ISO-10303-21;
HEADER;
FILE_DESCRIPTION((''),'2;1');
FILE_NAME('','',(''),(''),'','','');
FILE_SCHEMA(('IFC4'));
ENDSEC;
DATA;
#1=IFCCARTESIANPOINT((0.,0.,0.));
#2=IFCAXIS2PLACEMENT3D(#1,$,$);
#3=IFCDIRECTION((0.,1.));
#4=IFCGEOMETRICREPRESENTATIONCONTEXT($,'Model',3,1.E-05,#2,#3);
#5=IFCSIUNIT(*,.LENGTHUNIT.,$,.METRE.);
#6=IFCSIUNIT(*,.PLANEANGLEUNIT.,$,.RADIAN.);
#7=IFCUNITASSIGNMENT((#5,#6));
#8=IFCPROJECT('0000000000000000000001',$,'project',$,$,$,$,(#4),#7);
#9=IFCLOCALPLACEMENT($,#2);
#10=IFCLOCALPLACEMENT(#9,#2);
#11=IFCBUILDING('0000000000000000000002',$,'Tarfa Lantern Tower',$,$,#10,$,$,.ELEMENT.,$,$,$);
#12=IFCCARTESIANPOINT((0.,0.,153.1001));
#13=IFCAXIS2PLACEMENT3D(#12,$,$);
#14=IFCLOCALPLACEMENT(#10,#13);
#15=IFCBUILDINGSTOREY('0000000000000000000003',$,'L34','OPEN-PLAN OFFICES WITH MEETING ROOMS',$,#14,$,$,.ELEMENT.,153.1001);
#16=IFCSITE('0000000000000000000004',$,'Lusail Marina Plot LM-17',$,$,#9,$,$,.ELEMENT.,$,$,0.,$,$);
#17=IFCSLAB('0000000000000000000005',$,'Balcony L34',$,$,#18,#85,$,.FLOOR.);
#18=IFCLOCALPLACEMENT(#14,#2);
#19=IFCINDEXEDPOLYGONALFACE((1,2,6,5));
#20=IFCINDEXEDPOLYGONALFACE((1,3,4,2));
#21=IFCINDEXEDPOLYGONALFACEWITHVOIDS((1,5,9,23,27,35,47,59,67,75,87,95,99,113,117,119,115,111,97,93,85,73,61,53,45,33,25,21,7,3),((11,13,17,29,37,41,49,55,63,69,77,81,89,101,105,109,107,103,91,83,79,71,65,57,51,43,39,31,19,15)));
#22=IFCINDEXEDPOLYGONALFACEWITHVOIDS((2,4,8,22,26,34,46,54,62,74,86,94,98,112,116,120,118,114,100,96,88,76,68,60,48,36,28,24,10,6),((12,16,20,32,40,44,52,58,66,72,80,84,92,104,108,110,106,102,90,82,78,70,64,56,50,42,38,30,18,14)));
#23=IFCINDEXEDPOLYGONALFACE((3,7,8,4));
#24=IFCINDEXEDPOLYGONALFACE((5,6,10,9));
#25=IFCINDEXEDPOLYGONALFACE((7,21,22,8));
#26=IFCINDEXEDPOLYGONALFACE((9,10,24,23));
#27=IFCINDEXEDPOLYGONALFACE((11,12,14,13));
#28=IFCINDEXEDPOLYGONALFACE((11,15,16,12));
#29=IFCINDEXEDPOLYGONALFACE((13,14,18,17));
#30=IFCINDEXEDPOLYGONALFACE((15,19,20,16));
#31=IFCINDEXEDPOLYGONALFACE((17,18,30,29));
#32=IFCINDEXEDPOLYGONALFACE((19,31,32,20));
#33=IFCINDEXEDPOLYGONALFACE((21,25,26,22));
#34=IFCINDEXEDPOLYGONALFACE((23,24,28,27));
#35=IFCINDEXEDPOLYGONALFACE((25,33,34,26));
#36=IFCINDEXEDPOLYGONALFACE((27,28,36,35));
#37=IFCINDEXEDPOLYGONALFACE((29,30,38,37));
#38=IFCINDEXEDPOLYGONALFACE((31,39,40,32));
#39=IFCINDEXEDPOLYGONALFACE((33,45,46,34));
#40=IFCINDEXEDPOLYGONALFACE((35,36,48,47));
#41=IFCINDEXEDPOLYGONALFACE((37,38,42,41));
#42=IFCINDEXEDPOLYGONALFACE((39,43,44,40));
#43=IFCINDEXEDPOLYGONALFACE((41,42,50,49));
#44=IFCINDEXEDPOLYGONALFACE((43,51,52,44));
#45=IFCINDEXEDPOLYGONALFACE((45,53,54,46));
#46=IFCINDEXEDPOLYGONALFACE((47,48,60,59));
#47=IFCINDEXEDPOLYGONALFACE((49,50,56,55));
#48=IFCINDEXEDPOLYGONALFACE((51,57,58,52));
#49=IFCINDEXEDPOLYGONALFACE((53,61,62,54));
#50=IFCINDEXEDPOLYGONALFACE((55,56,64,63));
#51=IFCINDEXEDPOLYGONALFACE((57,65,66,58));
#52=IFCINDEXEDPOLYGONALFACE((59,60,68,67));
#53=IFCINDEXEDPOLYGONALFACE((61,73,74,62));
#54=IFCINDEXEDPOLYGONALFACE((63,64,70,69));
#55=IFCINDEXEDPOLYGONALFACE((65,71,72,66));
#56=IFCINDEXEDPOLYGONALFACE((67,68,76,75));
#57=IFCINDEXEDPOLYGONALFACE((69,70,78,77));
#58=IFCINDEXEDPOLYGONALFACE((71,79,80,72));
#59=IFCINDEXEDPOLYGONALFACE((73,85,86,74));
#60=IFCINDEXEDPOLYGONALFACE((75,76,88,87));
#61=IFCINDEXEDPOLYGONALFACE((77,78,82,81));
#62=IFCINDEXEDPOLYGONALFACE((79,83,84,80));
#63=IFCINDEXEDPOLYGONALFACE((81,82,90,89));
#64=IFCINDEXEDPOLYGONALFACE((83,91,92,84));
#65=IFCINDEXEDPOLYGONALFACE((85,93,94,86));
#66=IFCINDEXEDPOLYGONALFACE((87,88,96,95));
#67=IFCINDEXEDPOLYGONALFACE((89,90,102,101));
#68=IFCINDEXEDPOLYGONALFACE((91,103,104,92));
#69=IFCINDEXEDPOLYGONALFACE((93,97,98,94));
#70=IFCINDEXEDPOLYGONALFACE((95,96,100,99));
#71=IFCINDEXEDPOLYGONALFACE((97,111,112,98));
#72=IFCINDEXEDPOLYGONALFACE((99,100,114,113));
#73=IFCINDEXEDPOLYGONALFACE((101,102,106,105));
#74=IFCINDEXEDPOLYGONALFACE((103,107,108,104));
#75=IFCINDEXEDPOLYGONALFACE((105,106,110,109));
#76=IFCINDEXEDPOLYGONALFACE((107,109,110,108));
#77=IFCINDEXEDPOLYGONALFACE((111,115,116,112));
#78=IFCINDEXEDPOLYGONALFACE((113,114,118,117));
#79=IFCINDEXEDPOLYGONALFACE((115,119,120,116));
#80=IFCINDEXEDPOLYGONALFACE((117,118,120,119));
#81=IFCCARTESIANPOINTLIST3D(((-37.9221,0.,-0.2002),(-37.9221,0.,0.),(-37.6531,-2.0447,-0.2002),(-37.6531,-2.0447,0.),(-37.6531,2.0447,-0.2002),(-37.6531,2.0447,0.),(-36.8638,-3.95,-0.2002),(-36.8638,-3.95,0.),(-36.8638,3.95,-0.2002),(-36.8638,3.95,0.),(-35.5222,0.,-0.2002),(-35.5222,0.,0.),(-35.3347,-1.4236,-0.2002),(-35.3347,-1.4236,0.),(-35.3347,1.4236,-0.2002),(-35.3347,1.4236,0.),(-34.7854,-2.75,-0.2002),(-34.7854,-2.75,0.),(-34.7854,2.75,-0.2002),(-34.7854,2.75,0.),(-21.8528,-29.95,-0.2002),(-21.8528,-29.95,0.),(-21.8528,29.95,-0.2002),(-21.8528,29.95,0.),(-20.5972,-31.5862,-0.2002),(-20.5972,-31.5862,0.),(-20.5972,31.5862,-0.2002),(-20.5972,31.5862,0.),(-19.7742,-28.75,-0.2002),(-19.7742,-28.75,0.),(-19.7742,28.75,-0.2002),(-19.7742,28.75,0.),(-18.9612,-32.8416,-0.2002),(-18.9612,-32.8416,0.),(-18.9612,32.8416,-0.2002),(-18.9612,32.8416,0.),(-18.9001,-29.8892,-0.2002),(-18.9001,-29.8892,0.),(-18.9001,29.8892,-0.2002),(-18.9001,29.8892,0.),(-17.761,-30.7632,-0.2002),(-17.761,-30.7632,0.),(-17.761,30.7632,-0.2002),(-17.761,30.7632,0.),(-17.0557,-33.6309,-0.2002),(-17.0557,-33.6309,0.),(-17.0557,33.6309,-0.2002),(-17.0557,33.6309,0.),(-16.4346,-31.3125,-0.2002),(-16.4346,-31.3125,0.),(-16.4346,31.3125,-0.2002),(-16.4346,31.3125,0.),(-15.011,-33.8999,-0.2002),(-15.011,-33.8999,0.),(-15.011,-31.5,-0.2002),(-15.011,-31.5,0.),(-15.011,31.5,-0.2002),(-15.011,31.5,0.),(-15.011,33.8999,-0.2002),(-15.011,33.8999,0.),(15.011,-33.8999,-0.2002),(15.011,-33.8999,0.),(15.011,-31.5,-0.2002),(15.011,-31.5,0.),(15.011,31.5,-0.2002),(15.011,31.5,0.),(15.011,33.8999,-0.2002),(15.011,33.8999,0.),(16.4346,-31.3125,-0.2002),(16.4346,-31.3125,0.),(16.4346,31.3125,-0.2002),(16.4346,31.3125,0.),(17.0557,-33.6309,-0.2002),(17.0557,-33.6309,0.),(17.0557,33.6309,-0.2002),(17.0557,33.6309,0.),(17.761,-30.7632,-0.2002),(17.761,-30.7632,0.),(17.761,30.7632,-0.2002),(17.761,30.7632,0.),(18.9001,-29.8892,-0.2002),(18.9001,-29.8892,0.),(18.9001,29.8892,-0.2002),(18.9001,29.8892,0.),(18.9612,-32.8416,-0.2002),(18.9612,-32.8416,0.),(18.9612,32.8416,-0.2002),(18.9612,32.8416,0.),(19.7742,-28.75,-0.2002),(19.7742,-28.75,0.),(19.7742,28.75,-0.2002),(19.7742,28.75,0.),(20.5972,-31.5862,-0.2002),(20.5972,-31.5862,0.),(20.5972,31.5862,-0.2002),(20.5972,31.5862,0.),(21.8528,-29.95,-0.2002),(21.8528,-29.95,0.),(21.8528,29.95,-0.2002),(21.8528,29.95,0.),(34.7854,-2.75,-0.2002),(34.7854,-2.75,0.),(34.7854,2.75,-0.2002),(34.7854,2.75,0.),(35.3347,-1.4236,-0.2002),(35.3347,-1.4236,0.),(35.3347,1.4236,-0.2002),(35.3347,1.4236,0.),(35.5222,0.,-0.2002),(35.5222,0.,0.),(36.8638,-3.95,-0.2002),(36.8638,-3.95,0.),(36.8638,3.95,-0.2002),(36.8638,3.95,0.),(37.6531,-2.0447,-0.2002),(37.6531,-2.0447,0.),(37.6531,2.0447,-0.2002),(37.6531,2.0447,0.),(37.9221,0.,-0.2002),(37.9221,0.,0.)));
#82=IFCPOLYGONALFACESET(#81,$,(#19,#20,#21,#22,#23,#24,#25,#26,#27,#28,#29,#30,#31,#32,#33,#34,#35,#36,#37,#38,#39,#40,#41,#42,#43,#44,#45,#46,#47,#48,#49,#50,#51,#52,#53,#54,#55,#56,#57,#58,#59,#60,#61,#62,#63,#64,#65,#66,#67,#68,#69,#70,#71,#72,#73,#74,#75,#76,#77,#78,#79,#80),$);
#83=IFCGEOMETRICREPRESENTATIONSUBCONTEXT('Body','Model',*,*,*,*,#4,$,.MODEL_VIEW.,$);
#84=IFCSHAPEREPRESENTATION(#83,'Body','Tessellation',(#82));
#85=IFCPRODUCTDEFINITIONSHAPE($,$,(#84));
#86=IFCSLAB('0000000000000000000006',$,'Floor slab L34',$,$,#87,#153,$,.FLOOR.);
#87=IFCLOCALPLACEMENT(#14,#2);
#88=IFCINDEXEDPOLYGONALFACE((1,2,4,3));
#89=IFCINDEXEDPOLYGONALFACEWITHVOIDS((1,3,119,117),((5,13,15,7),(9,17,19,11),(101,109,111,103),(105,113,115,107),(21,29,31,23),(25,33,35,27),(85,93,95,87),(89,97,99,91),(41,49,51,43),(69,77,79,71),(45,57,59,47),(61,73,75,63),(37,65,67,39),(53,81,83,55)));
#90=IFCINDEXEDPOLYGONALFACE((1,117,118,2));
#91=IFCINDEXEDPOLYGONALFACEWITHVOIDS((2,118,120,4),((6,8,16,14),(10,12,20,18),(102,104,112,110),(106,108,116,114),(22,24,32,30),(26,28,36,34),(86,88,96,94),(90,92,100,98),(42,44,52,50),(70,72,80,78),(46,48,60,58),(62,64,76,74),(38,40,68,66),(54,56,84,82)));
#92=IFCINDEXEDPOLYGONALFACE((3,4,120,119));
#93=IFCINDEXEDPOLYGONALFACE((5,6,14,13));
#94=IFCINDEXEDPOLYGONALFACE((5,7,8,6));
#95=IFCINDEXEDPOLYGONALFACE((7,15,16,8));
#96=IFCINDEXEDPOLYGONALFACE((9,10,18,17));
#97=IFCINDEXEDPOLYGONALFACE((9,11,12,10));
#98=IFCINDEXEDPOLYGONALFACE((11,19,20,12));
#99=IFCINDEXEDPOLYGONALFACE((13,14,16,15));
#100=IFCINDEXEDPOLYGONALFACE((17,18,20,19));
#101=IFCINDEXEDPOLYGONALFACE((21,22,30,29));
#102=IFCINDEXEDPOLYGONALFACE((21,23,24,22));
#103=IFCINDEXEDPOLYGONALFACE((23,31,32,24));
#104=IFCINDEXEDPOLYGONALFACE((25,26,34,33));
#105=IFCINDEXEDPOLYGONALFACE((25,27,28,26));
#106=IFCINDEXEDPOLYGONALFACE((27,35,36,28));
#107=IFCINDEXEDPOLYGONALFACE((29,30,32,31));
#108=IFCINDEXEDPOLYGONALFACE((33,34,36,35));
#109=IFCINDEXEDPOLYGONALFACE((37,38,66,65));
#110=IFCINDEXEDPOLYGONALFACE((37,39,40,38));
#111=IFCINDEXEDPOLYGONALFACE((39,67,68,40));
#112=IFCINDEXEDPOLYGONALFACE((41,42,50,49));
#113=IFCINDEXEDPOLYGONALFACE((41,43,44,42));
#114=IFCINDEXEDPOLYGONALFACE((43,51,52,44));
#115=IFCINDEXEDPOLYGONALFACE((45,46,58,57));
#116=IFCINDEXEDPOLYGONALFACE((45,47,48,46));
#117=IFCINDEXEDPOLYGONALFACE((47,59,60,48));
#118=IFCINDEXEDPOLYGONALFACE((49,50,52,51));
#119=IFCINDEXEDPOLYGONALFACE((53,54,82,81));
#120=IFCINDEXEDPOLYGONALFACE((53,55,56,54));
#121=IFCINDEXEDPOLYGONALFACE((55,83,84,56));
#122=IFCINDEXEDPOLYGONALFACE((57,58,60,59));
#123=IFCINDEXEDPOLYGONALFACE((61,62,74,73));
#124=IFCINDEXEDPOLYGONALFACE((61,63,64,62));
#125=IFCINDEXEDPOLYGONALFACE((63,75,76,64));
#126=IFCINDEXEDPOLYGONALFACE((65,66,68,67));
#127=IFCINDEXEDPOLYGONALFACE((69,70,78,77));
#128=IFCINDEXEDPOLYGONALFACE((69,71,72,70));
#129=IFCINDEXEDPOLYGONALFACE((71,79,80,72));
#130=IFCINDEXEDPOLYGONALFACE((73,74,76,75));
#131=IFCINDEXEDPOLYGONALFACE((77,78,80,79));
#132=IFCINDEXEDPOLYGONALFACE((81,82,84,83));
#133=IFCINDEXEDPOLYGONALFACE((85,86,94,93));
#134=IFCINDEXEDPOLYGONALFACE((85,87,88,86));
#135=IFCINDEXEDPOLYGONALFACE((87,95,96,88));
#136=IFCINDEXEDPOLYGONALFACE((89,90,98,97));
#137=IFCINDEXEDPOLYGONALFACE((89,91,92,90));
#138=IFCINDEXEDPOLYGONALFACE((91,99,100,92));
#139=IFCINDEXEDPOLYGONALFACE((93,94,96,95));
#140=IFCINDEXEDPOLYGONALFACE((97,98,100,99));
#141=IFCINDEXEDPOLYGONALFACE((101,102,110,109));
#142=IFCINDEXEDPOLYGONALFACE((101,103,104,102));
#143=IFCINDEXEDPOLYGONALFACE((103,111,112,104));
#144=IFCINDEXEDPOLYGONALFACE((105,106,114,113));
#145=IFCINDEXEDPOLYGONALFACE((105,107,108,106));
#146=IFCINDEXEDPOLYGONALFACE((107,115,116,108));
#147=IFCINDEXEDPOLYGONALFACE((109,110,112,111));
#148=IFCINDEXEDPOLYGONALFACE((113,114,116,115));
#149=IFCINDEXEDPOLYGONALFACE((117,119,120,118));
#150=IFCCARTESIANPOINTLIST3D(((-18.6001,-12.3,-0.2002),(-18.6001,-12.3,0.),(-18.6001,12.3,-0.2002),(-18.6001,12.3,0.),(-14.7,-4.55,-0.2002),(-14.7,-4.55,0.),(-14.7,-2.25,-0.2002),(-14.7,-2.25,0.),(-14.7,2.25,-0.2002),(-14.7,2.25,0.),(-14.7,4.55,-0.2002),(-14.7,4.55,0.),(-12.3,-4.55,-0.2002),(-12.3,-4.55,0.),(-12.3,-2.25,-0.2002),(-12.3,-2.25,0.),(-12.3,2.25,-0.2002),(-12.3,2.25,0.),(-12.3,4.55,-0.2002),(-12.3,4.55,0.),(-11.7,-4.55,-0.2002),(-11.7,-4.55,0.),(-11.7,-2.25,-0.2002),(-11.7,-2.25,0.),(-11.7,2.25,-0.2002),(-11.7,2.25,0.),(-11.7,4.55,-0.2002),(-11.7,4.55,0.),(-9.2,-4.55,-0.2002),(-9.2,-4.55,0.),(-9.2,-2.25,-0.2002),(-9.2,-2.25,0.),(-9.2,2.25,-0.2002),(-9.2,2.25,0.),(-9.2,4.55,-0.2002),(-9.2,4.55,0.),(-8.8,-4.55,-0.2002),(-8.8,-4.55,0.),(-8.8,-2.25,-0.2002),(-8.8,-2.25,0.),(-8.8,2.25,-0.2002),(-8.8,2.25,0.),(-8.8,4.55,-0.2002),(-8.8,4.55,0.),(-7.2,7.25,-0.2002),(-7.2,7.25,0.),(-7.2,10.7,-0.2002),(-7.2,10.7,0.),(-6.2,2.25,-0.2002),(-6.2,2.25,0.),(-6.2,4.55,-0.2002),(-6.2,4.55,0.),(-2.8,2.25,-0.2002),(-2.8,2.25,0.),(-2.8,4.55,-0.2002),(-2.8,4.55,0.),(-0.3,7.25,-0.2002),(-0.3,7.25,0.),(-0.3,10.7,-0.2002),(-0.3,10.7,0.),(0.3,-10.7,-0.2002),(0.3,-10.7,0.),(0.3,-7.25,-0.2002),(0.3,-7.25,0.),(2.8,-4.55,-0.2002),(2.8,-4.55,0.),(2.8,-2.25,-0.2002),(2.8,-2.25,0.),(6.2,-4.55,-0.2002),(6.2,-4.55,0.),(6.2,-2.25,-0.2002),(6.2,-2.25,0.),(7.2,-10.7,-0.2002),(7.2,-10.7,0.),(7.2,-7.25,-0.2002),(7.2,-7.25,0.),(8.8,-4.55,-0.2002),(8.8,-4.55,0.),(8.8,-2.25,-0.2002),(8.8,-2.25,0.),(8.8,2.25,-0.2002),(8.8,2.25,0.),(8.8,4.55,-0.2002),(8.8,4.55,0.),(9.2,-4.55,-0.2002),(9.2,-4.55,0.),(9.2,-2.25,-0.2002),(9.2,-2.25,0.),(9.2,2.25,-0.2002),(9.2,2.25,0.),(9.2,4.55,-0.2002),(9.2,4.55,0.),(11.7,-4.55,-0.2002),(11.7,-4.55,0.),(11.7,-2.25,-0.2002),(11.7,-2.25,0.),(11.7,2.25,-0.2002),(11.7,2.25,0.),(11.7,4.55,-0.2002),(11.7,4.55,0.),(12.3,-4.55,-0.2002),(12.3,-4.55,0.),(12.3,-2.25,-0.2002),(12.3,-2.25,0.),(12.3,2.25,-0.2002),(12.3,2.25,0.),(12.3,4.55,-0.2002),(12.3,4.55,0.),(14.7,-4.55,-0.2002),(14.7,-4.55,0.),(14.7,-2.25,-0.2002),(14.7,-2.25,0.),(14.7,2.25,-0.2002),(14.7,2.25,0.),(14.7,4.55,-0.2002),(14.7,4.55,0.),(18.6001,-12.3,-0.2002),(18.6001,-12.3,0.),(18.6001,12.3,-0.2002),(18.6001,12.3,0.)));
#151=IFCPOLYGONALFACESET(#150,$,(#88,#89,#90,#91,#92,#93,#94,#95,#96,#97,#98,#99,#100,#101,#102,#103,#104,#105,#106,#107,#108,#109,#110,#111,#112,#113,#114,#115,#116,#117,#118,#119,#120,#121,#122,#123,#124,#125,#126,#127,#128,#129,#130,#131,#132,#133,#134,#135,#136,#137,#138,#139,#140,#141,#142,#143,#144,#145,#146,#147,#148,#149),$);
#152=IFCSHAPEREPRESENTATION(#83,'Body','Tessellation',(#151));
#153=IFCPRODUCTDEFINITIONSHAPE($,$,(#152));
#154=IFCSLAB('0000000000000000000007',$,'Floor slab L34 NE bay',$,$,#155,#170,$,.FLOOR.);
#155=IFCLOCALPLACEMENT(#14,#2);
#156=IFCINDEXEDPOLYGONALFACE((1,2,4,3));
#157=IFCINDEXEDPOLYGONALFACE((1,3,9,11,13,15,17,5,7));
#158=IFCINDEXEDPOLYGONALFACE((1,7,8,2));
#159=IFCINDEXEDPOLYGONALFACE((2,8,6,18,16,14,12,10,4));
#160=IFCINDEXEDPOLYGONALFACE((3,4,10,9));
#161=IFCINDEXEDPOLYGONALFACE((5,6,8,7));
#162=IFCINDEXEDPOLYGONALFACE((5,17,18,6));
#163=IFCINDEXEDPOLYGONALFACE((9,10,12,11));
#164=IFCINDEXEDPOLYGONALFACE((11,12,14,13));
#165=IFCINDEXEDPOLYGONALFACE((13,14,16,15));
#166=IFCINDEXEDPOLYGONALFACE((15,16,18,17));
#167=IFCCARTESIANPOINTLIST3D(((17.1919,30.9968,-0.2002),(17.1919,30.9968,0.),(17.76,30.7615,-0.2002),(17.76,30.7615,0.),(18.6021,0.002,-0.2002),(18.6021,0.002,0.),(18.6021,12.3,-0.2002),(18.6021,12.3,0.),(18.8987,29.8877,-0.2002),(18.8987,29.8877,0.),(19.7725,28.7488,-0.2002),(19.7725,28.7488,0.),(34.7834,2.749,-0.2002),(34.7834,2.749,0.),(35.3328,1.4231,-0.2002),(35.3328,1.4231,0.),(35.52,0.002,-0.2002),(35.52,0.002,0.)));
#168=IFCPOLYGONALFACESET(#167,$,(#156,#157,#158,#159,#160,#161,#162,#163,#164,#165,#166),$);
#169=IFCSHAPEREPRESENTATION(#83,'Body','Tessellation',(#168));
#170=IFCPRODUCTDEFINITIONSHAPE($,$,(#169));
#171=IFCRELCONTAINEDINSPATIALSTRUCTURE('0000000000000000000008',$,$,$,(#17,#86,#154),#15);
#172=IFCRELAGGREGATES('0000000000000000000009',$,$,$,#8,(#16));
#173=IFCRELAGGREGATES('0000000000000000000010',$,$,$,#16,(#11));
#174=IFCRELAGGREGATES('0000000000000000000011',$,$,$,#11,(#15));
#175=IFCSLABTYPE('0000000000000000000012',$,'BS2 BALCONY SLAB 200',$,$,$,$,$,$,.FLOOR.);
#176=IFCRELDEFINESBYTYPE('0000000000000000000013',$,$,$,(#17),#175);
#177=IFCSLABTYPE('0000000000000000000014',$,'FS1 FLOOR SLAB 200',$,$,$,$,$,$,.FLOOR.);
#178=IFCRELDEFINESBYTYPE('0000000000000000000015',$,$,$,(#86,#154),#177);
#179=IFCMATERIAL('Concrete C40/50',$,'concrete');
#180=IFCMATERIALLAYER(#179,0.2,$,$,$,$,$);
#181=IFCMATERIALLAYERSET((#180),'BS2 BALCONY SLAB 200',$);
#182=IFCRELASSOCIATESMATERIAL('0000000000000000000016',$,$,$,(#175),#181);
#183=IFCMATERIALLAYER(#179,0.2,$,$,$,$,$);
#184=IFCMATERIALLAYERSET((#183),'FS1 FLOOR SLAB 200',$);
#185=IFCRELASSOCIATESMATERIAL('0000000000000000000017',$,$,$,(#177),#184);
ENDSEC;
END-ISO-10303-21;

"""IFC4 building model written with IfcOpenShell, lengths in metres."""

from ifc_helpers import new_model, si_unit, direction, frame, origin, place, context, subcontext, project, spatial, polyline, outline, extrude, material, layer, layer_set, type_object, element, save


model = new_model("IFC4")

# Units and contexts
model_context = context("Model", 3, precision=1e-05, world=origin(), true_north=direction((0.0, 1.0)))
body_context = subcontext(model_context, "Body", "Model", "MODEL_VIEW")
ifc_project = project(units=[si_unit("LENGTHUNIT", "METRE"), si_unit("PLANEANGLEUNIT", "RADIAN")], contexts=[model_context])

# Site, building, storey
site_placement = place(None, origin())
site = spatial("IfcSite", under=ifc_project, at=site_placement, Name="Lusail Marina Plot LM-17", CompositionType="ELEMENT", RefElevation=0.0)
building_placement = place(site_placement, origin())
building = spatial("IfcBuilding", under=site, at=building_placement, Name="Tarfa Lantern Tower", CompositionType="ELEMENT")
storey_placement = place(building_placement, frame((0.0, 0.0, 153.1001)))
storey = spatial("IfcBuildingStorey", under=building, at=storey_placement, Name="L34", Description="OPEN-PLAN OFFICES WITH MEETING ROOMS", CompositionType="ELEMENT", Elevation=153.1001)

# Slabs
ifc_material_1 = material(Name="Concrete C40/50", Category="concrete")
ifc_layer_1 = layer(ifc_material_1, 0.2)
ifc_layer_set_1 = layer_set([ifc_layer_1], Name="BS2 BALCONY SLAB 200")
slab_type_1 = type_object("IfcSlabType", Name="BS2 BALCONY SLAB 200", PredefinedType="FLOOR", material=ifc_layer_set_1)
slab_1_placement = place(storey_placement, frame((0.0, 0.0, -0.2002)))
element("IfcSlab", 1, at=slab_1_placement, inside=storey, type_object=slab_type_1, Name="Balcony L34", PredefinedType="FLOOR", context=body_context, shape_type="SweptSolid", body=[
    extrude(outline(polyline([(36.8638, 3.95), (21.8528, 29.95), (20.5972, 31.5862), (18.9612, 32.8416), (17.0557, 33.6309), (15.011, 33.8999), (-15.011, 33.8999), (-17.0557, 33.6309), (-18.9612, 32.8416), (-20.5972, 31.5862), (-21.8528, 29.95), (-36.8638, 3.95), (-37.6531, 2.0447), (-37.9221, 0.0), (-37.6531, -2.0447), (-36.8638, -3.95), (-21.8528, -29.95), (-20.5972, -31.5862), (-18.9612, -32.8416), (-17.0557, -33.6309), (-15.011, -33.8999), (15.011, -33.8999), (17.0557, -33.6309), (18.9612, -32.8416), (20.5972, -31.5862), (21.8528, -29.95), (36.8638, -3.95), (37.6531, -2.0447), (37.9221, 0.0), (37.6531, 2.0447), (36.8638, 3.95)]), holes=[polyline([(34.7854, 2.75), (19.7742, 28.75), (18.9001, 29.8892), (17.761, 30.7632), (16.4346, 31.3125), (15.011, 31.5), (-15.011, 31.5), (-16.4346, 31.3125), (-17.761, 30.7632), (-18.9001, 29.8892), (-19.7742, 28.75), (-34.7854, 2.75), (-35.3347, 1.4236), (-35.5222, 0.0), (-35.3347, -1.4236), (-34.7854, -2.75), (-19.7742, -28.75), (-18.9001, -29.8892), (-17.761, -30.7632), (-16.4346, -31.3125), (-15.011, -31.5), (15.011, -31.5), (16.4346, -31.3125), (17.761, -30.7632), (18.9001, -29.8892), (19.7742, -28.75), (34.7854, -2.75), (35.3347, -1.4236), (35.5222, 0.0), (35.3347, 1.4236), (34.7854, 2.75)])]), origin(), (0.0, 0.0, 1.0), 0.2002),
])
ifc_layer_2 = layer(ifc_material_1, 0.2)
ifc_layer_set_2 = layer_set([ifc_layer_2], Name="FS1 FLOOR SLAB 200")
slab_type_2 = type_object("IfcSlabType", Name="FS1 FLOOR SLAB 200", PredefinedType="FLOOR", material=ifc_layer_set_2)
slab_2_placement = place(storey_placement, frame((0.0, 0.0, -0.2002)))
element("IfcSlab", 2, at=slab_2_placement, inside=storey, type_object=slab_type_2, Name="Floor slab L34", PredefinedType="FLOOR", context=body_context, shape_type="SweptSolid", body=[
    extrude(outline(polyline([(-18.6001, -12.3), (18.6001, -12.3), (18.6001, 12.3), (-18.6001, 12.3), (-18.6001, -12.3)]), holes=[polyline([(-14.7, 2.25), (-12.3, 2.25), (-12.3, 4.55), (-14.7, 4.55), (-14.7, 2.25)]), polyline([(-11.7, 2.25), (-9.2, 2.25), (-9.2, 4.55), (-11.7, 4.55), (-11.7, 2.25)]), polyline([(-8.8, 2.25), (-6.2, 2.25), (-6.2, 4.55), (-8.8, 4.55), (-8.8, 2.25)]), polyline([(-2.8, 2.25), (8.8, 2.25), (8.8, 4.55), (-2.8, 4.55), (-2.8, 2.25)]), polyline([(9.2, 2.25), (11.7, 2.25), (11.7, 4.55), (9.2, 4.55), (9.2, 2.25)]), polyline([(12.3, 2.25), (14.7, 2.25), (14.7, 4.55), (12.3, 4.55), (12.3, 2.25)]), polyline([(14.7, -2.25), (12.3, -2.25), (12.3, -4.55), (14.7, -4.55), (14.7, -2.25)]), polyline([(11.7, -2.25), (9.2, -2.25), (9.2, -4.55), (11.7, -4.55), (11.7, -2.25)]), polyline([(8.8, -2.25), (6.2, -2.25), (6.2, -4.55), (8.8, -4.55), (8.8, -2.25)]), polyline([(2.8, -2.25), (-8.8, -2.25), (-8.8, -4.55), (2.8, -4.55), (2.8, -2.25)]), polyline([(-9.2, -2.25), (-11.7, -2.25), (-11.7, -4.55), (-9.2, -4.55), (-9.2, -2.25)]), polyline([(-12.3, -2.25), (-14.7, -2.25), (-14.7, -4.55), (-12.3, -4.55), (-12.3, -2.25)]), polyline([(-7.2, 7.25), (-0.3, 7.25), (-0.3, 10.7), (-7.2, 10.7), (-7.2, 7.25)]), polyline([(7.2, -7.25), (0.3, -7.25), (0.3, -10.7), (7.2, -10.7), (7.2, -7.25)])]), origin(), (0.0, 0.0, 1.0), 0.2002),
])
slab_3_placement = place(storey_placement, frame((0.0, 0.0, -0.2002)))
element("IfcSlab", 3, at=slab_3_placement, inside=storey, type_object=slab_type_2, Name="Floor slab L34 NE bay", PredefinedType="FLOOR", context=body_context, shape_type="SweptSolid", body=[
    extrude(outline(polyline([(34.7834, 2.749), (19.7725, 28.7488), (18.8987, 29.8877), (17.76, 30.7615), (17.1919, 30.9968), (18.6021, 12.3), (18.6021, 0.002), (35.52, 0.002), (35.3328, 1.4231), (34.7834, 2.749)])), origin(), (0.0, 0.0, 1.0), 0.2002),
])

save(model, "model.ifc")
